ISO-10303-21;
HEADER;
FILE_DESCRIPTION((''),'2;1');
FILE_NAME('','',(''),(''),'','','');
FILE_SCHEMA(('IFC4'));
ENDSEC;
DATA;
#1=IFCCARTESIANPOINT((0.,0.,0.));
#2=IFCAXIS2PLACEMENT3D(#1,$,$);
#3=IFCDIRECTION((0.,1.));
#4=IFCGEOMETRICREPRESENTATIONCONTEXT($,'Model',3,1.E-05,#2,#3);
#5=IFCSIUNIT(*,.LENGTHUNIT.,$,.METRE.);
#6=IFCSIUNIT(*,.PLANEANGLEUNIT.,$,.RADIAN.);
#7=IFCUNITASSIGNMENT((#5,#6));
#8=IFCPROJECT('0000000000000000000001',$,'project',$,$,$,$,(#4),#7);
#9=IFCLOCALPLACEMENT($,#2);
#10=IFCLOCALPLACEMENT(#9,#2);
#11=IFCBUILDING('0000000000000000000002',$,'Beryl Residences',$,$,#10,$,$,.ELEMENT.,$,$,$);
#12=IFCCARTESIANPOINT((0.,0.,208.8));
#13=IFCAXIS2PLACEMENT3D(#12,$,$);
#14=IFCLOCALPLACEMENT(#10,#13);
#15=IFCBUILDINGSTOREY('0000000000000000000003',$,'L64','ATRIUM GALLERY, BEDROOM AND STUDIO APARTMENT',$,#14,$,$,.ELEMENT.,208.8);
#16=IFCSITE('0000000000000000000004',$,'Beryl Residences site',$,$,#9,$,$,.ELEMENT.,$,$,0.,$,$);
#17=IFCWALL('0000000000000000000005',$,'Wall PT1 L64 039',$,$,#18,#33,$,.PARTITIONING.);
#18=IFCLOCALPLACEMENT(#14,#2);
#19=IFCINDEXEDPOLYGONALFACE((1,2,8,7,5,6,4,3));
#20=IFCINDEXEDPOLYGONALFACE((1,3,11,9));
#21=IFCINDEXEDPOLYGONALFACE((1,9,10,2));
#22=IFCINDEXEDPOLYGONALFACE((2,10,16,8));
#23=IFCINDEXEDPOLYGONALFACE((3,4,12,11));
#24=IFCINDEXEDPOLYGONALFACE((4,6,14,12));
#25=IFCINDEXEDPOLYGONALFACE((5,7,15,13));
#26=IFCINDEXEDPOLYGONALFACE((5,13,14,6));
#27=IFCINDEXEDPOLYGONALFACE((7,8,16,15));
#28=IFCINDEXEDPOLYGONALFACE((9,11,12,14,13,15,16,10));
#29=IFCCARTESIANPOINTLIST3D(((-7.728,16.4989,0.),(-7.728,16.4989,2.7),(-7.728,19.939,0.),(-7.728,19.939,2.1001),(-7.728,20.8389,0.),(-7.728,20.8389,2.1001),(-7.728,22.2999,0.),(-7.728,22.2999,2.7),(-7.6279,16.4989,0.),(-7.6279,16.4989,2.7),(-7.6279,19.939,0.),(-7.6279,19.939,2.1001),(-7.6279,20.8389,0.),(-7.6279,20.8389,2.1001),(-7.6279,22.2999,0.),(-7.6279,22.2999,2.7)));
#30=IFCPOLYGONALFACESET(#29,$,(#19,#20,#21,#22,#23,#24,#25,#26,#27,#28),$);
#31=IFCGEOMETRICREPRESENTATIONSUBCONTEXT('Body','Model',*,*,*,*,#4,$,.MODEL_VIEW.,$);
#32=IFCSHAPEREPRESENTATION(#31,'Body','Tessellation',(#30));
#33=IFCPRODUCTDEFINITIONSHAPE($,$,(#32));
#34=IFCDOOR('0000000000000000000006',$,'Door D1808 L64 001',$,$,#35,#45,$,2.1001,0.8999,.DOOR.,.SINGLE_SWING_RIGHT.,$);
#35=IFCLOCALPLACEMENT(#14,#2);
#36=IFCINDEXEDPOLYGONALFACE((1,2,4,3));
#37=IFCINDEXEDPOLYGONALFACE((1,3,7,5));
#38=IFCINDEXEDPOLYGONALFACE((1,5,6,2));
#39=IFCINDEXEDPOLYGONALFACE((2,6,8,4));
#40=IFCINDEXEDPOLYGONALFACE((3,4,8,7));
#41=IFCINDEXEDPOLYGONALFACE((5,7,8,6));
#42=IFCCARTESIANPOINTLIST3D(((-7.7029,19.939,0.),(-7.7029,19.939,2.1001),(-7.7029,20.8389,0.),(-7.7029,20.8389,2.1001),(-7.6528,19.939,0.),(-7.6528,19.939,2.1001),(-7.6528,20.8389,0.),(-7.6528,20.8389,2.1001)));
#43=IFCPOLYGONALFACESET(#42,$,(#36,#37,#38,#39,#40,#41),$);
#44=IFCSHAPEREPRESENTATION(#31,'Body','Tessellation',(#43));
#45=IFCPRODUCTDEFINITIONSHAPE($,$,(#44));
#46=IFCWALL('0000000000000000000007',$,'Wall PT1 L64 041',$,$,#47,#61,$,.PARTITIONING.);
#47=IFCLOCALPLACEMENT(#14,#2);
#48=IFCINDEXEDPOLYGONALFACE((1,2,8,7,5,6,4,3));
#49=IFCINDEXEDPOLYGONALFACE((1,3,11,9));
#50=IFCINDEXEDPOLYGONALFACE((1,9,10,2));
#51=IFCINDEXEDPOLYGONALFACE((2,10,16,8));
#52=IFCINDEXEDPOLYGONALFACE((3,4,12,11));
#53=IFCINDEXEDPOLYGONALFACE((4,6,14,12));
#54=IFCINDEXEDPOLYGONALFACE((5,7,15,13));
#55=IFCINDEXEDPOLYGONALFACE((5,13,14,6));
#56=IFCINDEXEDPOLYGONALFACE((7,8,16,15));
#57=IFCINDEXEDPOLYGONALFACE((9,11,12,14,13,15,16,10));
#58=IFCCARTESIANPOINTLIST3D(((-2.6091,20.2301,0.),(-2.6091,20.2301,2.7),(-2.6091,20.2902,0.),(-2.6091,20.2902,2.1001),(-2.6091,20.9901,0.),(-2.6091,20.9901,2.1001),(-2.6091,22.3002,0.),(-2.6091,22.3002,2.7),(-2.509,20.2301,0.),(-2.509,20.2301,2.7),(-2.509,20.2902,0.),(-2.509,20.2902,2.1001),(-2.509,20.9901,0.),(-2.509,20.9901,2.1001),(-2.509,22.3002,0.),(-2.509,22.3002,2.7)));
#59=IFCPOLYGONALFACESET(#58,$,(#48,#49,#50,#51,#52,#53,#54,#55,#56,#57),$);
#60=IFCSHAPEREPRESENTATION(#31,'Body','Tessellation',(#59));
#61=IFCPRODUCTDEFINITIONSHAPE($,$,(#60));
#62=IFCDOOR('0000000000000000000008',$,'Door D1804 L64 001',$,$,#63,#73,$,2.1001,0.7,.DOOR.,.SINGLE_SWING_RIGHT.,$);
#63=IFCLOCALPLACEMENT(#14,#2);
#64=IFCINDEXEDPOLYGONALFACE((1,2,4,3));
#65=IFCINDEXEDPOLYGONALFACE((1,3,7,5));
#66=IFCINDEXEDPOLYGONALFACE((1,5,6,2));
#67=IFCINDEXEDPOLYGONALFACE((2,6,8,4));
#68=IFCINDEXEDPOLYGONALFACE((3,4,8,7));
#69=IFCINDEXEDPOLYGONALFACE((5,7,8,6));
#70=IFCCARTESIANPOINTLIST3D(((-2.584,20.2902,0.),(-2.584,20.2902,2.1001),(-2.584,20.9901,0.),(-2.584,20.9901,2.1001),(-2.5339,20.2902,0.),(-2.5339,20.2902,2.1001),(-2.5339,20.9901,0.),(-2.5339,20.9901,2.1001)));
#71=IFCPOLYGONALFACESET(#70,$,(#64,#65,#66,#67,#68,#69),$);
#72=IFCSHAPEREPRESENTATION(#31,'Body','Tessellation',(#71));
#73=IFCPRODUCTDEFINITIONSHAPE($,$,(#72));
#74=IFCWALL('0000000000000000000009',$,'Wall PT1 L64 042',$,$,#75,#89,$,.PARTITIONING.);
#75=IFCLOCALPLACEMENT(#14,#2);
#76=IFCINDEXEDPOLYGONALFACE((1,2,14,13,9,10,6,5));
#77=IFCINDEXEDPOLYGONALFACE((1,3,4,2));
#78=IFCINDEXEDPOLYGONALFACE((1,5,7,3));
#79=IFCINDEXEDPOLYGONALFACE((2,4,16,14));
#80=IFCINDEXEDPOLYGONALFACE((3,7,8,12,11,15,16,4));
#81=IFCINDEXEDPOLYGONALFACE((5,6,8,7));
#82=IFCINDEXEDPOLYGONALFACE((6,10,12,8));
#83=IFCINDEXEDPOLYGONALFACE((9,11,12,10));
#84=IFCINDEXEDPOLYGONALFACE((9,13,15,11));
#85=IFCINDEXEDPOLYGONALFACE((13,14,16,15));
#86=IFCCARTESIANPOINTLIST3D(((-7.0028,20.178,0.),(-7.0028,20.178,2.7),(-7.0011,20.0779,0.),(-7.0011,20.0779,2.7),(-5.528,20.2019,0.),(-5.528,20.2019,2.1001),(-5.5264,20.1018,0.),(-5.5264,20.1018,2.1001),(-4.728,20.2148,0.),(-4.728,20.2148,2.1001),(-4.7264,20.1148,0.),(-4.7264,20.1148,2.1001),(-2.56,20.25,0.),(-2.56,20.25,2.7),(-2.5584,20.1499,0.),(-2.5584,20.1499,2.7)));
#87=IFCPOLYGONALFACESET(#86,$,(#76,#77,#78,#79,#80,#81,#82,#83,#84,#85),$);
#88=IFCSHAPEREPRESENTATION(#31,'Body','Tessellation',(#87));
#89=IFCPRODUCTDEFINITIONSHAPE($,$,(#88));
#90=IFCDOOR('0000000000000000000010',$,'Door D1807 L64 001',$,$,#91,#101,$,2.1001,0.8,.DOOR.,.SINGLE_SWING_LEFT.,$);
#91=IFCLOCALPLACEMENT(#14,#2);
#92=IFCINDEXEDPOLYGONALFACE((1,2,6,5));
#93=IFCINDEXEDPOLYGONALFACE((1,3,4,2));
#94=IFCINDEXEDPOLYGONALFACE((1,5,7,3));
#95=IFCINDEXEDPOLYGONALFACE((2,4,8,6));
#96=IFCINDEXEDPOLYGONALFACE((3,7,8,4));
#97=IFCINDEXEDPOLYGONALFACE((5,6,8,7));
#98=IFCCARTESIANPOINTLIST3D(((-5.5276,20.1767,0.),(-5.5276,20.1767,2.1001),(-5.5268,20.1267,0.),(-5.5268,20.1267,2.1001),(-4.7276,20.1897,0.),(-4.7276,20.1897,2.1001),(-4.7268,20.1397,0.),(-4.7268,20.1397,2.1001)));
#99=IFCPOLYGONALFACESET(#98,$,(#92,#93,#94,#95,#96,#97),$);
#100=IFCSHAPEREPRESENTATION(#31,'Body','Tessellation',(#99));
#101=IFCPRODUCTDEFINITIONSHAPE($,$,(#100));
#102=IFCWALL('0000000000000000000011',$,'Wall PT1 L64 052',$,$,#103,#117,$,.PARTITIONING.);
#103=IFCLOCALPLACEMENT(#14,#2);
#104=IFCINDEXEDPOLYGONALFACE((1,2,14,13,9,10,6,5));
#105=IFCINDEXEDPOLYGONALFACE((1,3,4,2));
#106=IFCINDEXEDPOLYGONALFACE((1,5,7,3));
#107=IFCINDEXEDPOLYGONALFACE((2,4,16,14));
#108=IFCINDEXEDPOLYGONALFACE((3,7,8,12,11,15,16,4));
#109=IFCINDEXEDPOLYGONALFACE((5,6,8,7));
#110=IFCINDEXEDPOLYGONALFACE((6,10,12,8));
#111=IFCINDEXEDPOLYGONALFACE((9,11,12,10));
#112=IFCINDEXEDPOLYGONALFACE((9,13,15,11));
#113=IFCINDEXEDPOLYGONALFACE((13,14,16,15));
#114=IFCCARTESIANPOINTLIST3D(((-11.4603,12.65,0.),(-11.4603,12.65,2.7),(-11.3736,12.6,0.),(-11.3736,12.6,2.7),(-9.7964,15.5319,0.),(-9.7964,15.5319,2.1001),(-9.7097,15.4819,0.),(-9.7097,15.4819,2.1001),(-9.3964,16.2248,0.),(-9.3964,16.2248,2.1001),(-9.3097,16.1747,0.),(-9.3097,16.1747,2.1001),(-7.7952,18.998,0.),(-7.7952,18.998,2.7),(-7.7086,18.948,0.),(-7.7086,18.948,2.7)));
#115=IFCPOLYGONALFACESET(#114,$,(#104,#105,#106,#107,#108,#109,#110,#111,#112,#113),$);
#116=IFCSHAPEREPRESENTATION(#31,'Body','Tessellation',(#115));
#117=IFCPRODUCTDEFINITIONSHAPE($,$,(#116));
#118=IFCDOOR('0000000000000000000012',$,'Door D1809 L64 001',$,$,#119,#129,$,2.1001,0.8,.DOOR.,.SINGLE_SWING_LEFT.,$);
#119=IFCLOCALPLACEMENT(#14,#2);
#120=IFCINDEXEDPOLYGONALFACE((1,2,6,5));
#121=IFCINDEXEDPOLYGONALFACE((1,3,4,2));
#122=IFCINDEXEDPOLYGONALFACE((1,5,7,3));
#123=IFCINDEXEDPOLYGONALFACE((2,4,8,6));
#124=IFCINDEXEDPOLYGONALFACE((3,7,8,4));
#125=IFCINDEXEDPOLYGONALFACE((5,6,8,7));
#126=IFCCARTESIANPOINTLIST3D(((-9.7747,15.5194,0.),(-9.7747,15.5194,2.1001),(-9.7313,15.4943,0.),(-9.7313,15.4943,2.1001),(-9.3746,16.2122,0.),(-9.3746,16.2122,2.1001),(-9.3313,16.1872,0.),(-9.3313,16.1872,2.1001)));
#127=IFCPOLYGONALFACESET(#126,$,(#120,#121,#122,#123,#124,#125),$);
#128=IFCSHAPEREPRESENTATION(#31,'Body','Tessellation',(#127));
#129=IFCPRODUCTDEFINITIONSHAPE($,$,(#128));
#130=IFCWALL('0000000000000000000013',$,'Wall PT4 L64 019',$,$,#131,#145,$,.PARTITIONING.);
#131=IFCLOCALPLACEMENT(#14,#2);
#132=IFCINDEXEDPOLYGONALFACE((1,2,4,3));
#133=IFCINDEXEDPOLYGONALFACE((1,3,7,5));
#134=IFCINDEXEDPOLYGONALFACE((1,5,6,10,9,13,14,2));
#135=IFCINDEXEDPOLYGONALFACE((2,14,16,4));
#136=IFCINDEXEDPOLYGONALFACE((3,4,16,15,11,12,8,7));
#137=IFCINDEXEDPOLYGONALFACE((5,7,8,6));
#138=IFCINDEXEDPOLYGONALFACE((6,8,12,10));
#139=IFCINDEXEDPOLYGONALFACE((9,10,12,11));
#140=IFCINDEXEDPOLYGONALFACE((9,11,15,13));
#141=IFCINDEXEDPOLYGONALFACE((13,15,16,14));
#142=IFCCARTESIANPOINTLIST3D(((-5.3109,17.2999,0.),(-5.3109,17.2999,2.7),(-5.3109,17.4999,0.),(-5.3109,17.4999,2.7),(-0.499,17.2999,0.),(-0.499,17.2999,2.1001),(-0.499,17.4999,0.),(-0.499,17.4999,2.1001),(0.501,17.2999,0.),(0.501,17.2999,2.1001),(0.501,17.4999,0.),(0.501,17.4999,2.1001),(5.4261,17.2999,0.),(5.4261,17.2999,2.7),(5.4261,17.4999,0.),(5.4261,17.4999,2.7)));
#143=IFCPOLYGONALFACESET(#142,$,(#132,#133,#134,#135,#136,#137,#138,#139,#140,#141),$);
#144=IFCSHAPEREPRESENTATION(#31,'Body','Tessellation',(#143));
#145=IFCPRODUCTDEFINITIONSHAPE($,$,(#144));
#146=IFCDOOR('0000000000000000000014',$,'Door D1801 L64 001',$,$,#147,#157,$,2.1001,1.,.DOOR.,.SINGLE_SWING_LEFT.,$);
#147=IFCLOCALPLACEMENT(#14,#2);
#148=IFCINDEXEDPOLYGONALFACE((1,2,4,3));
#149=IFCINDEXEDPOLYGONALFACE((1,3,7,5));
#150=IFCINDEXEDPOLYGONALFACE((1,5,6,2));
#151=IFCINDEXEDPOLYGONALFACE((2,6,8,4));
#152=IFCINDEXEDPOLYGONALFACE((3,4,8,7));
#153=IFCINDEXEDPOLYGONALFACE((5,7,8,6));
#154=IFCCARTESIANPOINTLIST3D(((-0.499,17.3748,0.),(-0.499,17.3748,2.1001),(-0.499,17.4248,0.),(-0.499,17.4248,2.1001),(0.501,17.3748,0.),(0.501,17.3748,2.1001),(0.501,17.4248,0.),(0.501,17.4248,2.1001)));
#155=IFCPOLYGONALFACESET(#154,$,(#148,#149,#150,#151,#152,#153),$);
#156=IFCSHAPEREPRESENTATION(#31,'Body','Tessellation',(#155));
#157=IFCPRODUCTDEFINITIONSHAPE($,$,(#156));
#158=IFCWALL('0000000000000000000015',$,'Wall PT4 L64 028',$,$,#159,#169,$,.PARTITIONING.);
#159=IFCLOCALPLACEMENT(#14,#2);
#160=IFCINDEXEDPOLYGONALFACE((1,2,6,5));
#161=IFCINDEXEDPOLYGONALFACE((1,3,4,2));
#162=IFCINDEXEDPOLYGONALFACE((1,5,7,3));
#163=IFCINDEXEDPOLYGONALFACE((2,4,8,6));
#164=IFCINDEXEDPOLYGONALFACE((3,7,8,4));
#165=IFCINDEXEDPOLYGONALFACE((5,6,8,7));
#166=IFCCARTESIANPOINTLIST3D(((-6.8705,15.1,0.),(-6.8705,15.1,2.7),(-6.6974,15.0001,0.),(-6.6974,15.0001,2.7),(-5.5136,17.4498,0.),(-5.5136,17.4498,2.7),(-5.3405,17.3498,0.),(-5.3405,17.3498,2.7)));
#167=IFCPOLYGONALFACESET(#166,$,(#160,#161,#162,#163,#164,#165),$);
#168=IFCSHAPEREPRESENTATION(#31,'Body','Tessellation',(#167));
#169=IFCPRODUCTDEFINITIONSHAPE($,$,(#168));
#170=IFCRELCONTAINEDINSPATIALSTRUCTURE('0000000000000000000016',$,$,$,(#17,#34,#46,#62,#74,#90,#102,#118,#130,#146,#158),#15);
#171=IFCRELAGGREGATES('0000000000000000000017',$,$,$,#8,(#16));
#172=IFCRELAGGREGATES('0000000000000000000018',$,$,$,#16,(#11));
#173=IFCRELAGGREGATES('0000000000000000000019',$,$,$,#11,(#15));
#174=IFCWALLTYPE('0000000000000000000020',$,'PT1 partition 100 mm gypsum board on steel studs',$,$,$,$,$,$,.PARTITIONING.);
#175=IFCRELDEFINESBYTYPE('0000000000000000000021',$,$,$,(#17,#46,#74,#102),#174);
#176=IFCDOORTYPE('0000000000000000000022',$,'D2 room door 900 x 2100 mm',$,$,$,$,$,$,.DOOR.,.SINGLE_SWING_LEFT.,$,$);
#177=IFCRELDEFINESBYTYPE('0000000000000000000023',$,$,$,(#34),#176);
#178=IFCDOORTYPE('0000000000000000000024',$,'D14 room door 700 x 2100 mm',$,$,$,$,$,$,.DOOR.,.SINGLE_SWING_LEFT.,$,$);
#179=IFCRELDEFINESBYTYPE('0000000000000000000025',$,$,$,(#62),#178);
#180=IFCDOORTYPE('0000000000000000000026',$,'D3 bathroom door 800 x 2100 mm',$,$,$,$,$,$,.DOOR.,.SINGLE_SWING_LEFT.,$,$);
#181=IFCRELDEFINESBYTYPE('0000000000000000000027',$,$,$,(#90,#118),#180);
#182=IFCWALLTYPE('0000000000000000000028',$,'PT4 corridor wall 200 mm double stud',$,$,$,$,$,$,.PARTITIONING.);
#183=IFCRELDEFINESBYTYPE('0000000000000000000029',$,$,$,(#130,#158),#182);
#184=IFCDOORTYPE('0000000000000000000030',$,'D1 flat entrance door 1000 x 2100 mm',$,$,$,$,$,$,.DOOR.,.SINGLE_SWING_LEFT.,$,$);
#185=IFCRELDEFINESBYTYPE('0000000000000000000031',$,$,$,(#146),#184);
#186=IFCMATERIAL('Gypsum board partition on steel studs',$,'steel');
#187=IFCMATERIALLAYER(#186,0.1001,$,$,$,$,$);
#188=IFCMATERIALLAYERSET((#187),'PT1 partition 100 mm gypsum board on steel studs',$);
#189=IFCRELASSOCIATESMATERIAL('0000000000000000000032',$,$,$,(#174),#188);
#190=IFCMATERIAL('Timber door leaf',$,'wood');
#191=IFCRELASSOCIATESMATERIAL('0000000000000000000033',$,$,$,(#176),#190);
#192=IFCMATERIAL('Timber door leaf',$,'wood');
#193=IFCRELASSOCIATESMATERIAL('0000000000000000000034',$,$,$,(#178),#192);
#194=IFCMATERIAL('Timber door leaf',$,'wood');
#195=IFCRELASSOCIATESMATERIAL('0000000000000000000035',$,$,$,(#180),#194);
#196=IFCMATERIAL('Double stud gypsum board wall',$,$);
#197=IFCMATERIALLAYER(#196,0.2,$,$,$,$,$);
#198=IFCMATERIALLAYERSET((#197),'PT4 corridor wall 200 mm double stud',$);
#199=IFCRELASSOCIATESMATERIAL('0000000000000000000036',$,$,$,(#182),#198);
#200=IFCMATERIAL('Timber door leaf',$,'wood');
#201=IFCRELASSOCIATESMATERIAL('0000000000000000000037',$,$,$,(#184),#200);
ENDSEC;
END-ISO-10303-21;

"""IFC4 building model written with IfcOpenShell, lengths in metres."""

from ifc_helpers import new_model, si_unit, direction, frame, frame_2d, origin, place, context, subcontext, project, spatial, rectangle, extrude, material, layer, layer_set, type_object, element, fill, save


model = new_model("IFC4")

# Units and contexts
model_context = context("Model", 3, precision=1e-05, world=origin(), true_north=direction((0.0, 1.0)))
body_context = subcontext(model_context, "Body", "Model", "MODEL_VIEW")
ifc_project = project(units=[si_unit("LENGTHUNIT", "METRE"), si_unit("PLANEANGLEUNIT", "RADIAN")], contexts=[model_context])

# Site, building, storey
site_placement = place(None, origin())
site = spatial("IfcSite", under=ifc_project, at=site_placement, Name="Beryl Residences site", CompositionType="ELEMENT", RefElevation=0.0)
building_placement = place(site_placement, origin())
building = spatial("IfcBuilding", under=site, at=building_placement, Name="Beryl Residences", CompositionType="ELEMENT")
storey_placement = place(building_placement, frame((0.0, 0.0, 208.8)))
storey = spatial("IfcBuildingStorey", under=building, at=storey_placement, Name="L64", Description="ATRIUM GALLERY, BEDROOM AND STUDIO APARTMENT", CompositionType="ELEMENT", Elevation=208.8)

# Shared definitions
ifc_material_1 = material(Name="Gypsum board partition on steel studs", Category="steel")
ifc_layer_1 = layer(ifc_material_1, 0.1001)
ifc_layer_set_1 = layer_set([ifc_layer_1], Name="PT1 partition 100 mm gypsum board on steel studs")
wall_type_1 = type_object("IfcWallType", Name="PT1 partition 100 mm gypsum board on steel studs", PredefinedType="PARTITIONING", material=ifc_layer_set_1)

# Walls, openings, doors
wall_1_placement = place(storey_placement, frame((-7.678, 16.499, 0.0), z_axis=(0.0, 0.0, 1.0), x_axis=(0.0, 1.0, 0.0)))
wall_1 = element("IfcWall", 1, at=wall_1_placement, inside=storey, type_object=wall_type_1, Name="Wall PT1 L64 039", PredefinedType="PARTITIONING", context=body_context, shape_type="SweptSolid", body=[
    extrude(rectangle(XDim=5.801, YDim=0.1001, at=frame_2d((2.9004, 0.0))), origin(), (0.0, 0.0, 1.0), 2.7),
])
opening_1_placement = place(wall_1_placement, frame((3.4399, 0.0, 0.0)))
opening_1 = element("IfcOpeningElement", 2, at=opening_1_placement, cuts=wall_1, PredefinedType="OPENING", context=body_context, shape_type="SweptSolid", body=[
    extrude(rectangle(XDim=0.8999, YDim=2.1001, at=frame_2d((0.45, 1.05))), frame((0.0, 0.0601, 0.0), z_axis=(0.0, -1.0, 0.0), x_axis=(1.0, 0.0, 0.0)), (0.0, 0.0, 1.0), 0.1201),
])
ifc_material_2 = material(Name="Timber door leaf", Category="wood")
door_type_1 = type_object("IfcDoorType", Name="D2 room door 900 x 2100 mm", OperationType="SINGLE_SWING_LEFT", PredefinedType="DOOR", material=ifc_material_2)
door_1_placement = place(opening_1_placement, origin())
door_1 = element("IfcDoor", 3, at=door_1_placement, inside=storey, type_object=door_type_1, Name="Door D1808 L64 001", OperationType="SINGLE_SWING_RIGHT", OverallHeight=2.1001, OverallWidth=0.8999, PredefinedType="DOOR", context=body_context, shape_type="SweptSolid", body=[
    extrude(rectangle(XDim=0.8999, YDim=2.1001, at=frame_2d((0.45, 1.05))), frame((0.0, 0.0249, 0.0), z_axis=(0.0, -1.0, 0.0), x_axis=(1.0, 0.0, 0.0)), (0.0, 0.0, 1.0), 0.05),
])
fill(opening_1, door_1)
wall_2_placement = place(storey_placement, frame((-2.5591, 20.23, 0.0), z_axis=(0.0, 0.0, 1.0), x_axis=(0.0, 1.0, 0.0)))
wall_2 = element("IfcWall", 4, at=wall_2_placement, inside=storey, type_object=wall_type_1, Name="Wall PT1 L64 041", PredefinedType="PARTITIONING", context=body_context, shape_type="SweptSolid", body=[
    extrude(rectangle(XDim=2.0701, YDim=0.1001, at=frame_2d((1.0352, 0.0))), origin(), (0.0, 0.0, 1.0), 2.7),
])
opening_2_placement = place(wall_2_placement, frame((0.0601, 0.0, 0.0)))
opening_2 = element("IfcOpeningElement", 5, at=opening_2_placement, cuts=wall_2, PredefinedType="OPENING", context=body_context, shape_type="SweptSolid", body=[
    extrude(rectangle(XDim=0.7, YDim=2.1001, at=frame_2d((0.3501, 1.05))), frame((0.0, 0.0601, 0.0), z_axis=(0.0, -1.0, 0.0), x_axis=(1.0, 0.0, 0.0)), (0.0, 0.0, 1.0), 0.1201),
])
ifc_material_3 = material(Name="Timber door leaf", Category="wood")
door_type_2 = type_object("IfcDoorType", Name="D14 room door 700 x 2100 mm", OperationType="SINGLE_SWING_LEFT", PredefinedType="DOOR", material=ifc_material_3)
door_2_placement = place(opening_2_placement, origin())
door_2 = element("IfcDoor", 6, at=door_2_placement, inside=storey, type_object=door_type_2, Name="Door D1804 L64 001", OperationType="SINGLE_SWING_RIGHT", OverallHeight=2.1001, OverallWidth=0.7, PredefinedType="DOOR", context=body_context, shape_type="SweptSolid", body=[
    extrude(rectangle(XDim=0.7, YDim=2.1001, at=frame_2d((0.3501, 1.05))), frame((0.0, 0.0249, 0.0), z_axis=(0.0, -1.0, 0.0), x_axis=(1.0, 0.0, 0.0)), (0.0, 0.0, 1.0), 0.05),
])
fill(opening_2, door_2)
wall_3_placement = place(storey_placement, frame((-7.002, 20.1279, 0.0), z_axis=(0.0, 0.0, 1.0), x_axis=(0.999869, 0.016208, 0.0)))
wall_3 = element("IfcWall", 7, at=wall_3_placement, inside=storey, type_object=wall_type_1, Name="Wall PT1 L64 042", PredefinedType="PARTITIONING", context=body_context, shape_type="SweptSolid", body=[
    extrude(rectangle(XDim=4.4434, YDim=0.1001, at=frame_2d((2.2217, 0.0))), origin(), (0.0, 0.0, 1.0), 2.7),
])
opening_3_placement = place(wall_3_placement, frame((1.4751, 0.0, 0.0)))
opening_3 = element("IfcOpeningElement", 8, at=opening_3_placement, cuts=wall_3, PredefinedType="OPENING", context=body_context, shape_type="SweptSolid", body=[
    extrude(rectangle(XDim=0.8, YDim=2.1001, at=frame_2d((0.3999, 1.05))), frame((0.0, 0.0601, 0.0), z_axis=(0.0, -1.0, 0.0), x_axis=(1.0, 0.0, 0.0)), (0.0, 0.0, 1.0), 0.1201),
])
ifc_material_4 = material(Name="Timber door leaf", Category="wood")
door_type_3 = type_object("IfcDoorType", Name="D3 bathroom door 800 x 2100 mm", OperationType="SINGLE_SWING_LEFT", PredefinedType="DOOR", material=ifc_material_4)
door_3_placement = place(opening_3_placement, origin())
door_3 = element("IfcDoor", 9, at=door_3_placement, inside=storey, type_object=door_type_3, Name="Door D1807 L64 001", OperationType="SINGLE_SWING_LEFT", OverallHeight=2.1001, OverallWidth=0.8, PredefinedType="DOOR", context=body_context, shape_type="SweptSolid", body=[
    extrude(rectangle(XDim=0.8, YDim=2.1001, at=frame_2d((0.3999, 1.05))), frame((0.0, 0.0249, 0.0), z_axis=(0.0, -1.0, 0.0), x_axis=(1.0, 0.0, 0.0)), (0.0, 0.0, 1.0), 0.05),
])
fill(opening_3, door_3)
wall_4_placement = place(storey_placement, frame((-11.417, 12.625, 0.0), z_axis=(0.0, 0.0, 1.0), x_axis=(0.500008, 0.866021, 0.0)))
wall_4 = element("IfcWall", 10, at=wall_4_placement, inside=storey, type_object=wall_type_1, Name="Wall PT1 L64 052", PredefinedType="PARTITIONING", context=body_context, shape_type="SweptSolid", body=[
    extrude(rectangle(XDim=7.3301, YDim=0.1001, at=frame_2d((3.665, 0.0))), origin(), (0.0, 0.0, 1.0), 2.7),
])
opening_4_placement = place(wall_4_placement, frame((3.3279, 0.0, 0.0)))
opening_4 = element("IfcOpeningElement", 11, at=opening_4_placement, cuts=wall_4, PredefinedType="OPENING", context=body_context, shape_type="SweptSolid", body=[
    extrude(rectangle(XDim=0.8, YDim=2.1001, at=frame_2d((0.3999, 1.05))), frame((0.0, 0.0601, 0.0), z_axis=(0.0, -1.0, 0.0), x_axis=(1.0, 0.0, 0.0)), (0.0, 0.0, 1.0), 0.1201),
])
door_4_placement = place(opening_4_placement, origin())
door_4 = element("IfcDoor", 12, at=door_4_placement, inside=storey, type_object=door_type_3, Name="Door D1809 L64 001", OperationType="SINGLE_SWING_LEFT", OverallHeight=2.1001, OverallWidth=0.8, PredefinedType="DOOR", context=body_context, shape_type="SweptSolid", body=[
    extrude(rectangle(XDim=0.8, YDim=2.1001, at=frame_2d((0.3999, 1.05))), frame((0.0, 0.0249, 0.0), z_axis=(0.0, -1.0, 0.0), x_axis=(1.0, 0.0, 0.0)), (0.0, 0.0, 1.0), 0.05),
])
fill(opening_4, door_4)
ifc_material_5 = material(Name="Double stud gypsum board wall")
ifc_layer_2 = layer(ifc_material_5, 0.2)
ifc_layer_set_2 = layer_set([ifc_layer_2], Name="PT4 corridor wall 200 mm double stud")
wall_type_2 = type_object("IfcWallType", Name="PT4 corridor wall 200 mm double stud", PredefinedType="PARTITIONING", material=ifc_layer_set_2)
wall_5_placement = place(storey_placement, frame((-5.311, 17.3999, 0.0), z_axis=(0.0, 0.0, 1.0), x_axis=(1.0, 0.0, 0.0)))
wall_5 = element("IfcWall", 13, at=wall_5_placement, inside=storey, type_object=wall_type_2, Name="Wall PT4 L64 019", PredefinedType="PARTITIONING", context=body_context, shape_type="SweptSolid", body=[
    extrude(rectangle(XDim=10.7371, YDim=0.2, at=frame_2d((5.3687, 0.0))), origin(), (0.0, 0.0, 1.0), 2.7),
])
opening_5_placement = place(wall_5_placement, frame((4.812, 0.0, 0.0)))
opening_5 = element("IfcOpeningElement", 14, at=opening_5_placement, cuts=wall_5, PredefinedType="OPENING", context=body_context, shape_type="SweptSolid", body=[
    extrude(rectangle(XDim=1.0, YDim=2.1001, at=frame_2d((0.5, 1.05))), frame((0.0, 0.1099, 0.0), z_axis=(0.0, -1.0, 0.0), x_axis=(1.0, 0.0, 0.0)), (0.0, 0.0, 1.0), 0.22),
])
ifc_material_6 = material(Name="Timber door leaf", Category="wood")
door_type_4 = type_object("IfcDoorType", Name="D1 flat entrance door 1000 x 2100 mm", OperationType="SINGLE_SWING_LEFT", PredefinedType="DOOR", material=ifc_material_6)
door_5_placement = place(opening_5_placement, origin())
door_5 = element("IfcDoor", 15, at=door_5_placement, inside=storey, type_object=door_type_4, Name="Door D1801 L64 001", OperationType="SINGLE_SWING_LEFT", OverallHeight=2.1001, OverallWidth=1.0, PredefinedType="DOOR", context=body_context, shape_type="SweptSolid", body=[
    extrude(rectangle(XDim=1.0, YDim=2.1001, at=frame_2d((0.5, 1.05))), frame((0.0, 0.0249, 0.0), z_axis=(0.0, -1.0, 0.0), x_axis=(1.0, 0.0, 0.0)), (0.0, 0.0, 1.0), 0.05),
])
fill(opening_5, door_5)

# Wall
wall_6_placement = place(storey_placement, frame((-6.7839, 15.05, 0.0), z_axis=(0.0, 0.0, 1.0), x_axis=(0.500068, 0.865986, 0.0)))
element("IfcWall", 16, at=wall_6_placement, inside=storey, type_object=wall_type_2, Name="Wall PT4 L64 028", PredefinedType="PARTITIONING", context=body_context, shape_type="SweptSolid", body=[
    extrude(rectangle(XDim=2.7134, YDim=0.2, at=frame_2d((1.3567, 0.0))), origin(), (0.0, 0.0, 1.0), 2.7),
])

save(model, "model.ifc")
